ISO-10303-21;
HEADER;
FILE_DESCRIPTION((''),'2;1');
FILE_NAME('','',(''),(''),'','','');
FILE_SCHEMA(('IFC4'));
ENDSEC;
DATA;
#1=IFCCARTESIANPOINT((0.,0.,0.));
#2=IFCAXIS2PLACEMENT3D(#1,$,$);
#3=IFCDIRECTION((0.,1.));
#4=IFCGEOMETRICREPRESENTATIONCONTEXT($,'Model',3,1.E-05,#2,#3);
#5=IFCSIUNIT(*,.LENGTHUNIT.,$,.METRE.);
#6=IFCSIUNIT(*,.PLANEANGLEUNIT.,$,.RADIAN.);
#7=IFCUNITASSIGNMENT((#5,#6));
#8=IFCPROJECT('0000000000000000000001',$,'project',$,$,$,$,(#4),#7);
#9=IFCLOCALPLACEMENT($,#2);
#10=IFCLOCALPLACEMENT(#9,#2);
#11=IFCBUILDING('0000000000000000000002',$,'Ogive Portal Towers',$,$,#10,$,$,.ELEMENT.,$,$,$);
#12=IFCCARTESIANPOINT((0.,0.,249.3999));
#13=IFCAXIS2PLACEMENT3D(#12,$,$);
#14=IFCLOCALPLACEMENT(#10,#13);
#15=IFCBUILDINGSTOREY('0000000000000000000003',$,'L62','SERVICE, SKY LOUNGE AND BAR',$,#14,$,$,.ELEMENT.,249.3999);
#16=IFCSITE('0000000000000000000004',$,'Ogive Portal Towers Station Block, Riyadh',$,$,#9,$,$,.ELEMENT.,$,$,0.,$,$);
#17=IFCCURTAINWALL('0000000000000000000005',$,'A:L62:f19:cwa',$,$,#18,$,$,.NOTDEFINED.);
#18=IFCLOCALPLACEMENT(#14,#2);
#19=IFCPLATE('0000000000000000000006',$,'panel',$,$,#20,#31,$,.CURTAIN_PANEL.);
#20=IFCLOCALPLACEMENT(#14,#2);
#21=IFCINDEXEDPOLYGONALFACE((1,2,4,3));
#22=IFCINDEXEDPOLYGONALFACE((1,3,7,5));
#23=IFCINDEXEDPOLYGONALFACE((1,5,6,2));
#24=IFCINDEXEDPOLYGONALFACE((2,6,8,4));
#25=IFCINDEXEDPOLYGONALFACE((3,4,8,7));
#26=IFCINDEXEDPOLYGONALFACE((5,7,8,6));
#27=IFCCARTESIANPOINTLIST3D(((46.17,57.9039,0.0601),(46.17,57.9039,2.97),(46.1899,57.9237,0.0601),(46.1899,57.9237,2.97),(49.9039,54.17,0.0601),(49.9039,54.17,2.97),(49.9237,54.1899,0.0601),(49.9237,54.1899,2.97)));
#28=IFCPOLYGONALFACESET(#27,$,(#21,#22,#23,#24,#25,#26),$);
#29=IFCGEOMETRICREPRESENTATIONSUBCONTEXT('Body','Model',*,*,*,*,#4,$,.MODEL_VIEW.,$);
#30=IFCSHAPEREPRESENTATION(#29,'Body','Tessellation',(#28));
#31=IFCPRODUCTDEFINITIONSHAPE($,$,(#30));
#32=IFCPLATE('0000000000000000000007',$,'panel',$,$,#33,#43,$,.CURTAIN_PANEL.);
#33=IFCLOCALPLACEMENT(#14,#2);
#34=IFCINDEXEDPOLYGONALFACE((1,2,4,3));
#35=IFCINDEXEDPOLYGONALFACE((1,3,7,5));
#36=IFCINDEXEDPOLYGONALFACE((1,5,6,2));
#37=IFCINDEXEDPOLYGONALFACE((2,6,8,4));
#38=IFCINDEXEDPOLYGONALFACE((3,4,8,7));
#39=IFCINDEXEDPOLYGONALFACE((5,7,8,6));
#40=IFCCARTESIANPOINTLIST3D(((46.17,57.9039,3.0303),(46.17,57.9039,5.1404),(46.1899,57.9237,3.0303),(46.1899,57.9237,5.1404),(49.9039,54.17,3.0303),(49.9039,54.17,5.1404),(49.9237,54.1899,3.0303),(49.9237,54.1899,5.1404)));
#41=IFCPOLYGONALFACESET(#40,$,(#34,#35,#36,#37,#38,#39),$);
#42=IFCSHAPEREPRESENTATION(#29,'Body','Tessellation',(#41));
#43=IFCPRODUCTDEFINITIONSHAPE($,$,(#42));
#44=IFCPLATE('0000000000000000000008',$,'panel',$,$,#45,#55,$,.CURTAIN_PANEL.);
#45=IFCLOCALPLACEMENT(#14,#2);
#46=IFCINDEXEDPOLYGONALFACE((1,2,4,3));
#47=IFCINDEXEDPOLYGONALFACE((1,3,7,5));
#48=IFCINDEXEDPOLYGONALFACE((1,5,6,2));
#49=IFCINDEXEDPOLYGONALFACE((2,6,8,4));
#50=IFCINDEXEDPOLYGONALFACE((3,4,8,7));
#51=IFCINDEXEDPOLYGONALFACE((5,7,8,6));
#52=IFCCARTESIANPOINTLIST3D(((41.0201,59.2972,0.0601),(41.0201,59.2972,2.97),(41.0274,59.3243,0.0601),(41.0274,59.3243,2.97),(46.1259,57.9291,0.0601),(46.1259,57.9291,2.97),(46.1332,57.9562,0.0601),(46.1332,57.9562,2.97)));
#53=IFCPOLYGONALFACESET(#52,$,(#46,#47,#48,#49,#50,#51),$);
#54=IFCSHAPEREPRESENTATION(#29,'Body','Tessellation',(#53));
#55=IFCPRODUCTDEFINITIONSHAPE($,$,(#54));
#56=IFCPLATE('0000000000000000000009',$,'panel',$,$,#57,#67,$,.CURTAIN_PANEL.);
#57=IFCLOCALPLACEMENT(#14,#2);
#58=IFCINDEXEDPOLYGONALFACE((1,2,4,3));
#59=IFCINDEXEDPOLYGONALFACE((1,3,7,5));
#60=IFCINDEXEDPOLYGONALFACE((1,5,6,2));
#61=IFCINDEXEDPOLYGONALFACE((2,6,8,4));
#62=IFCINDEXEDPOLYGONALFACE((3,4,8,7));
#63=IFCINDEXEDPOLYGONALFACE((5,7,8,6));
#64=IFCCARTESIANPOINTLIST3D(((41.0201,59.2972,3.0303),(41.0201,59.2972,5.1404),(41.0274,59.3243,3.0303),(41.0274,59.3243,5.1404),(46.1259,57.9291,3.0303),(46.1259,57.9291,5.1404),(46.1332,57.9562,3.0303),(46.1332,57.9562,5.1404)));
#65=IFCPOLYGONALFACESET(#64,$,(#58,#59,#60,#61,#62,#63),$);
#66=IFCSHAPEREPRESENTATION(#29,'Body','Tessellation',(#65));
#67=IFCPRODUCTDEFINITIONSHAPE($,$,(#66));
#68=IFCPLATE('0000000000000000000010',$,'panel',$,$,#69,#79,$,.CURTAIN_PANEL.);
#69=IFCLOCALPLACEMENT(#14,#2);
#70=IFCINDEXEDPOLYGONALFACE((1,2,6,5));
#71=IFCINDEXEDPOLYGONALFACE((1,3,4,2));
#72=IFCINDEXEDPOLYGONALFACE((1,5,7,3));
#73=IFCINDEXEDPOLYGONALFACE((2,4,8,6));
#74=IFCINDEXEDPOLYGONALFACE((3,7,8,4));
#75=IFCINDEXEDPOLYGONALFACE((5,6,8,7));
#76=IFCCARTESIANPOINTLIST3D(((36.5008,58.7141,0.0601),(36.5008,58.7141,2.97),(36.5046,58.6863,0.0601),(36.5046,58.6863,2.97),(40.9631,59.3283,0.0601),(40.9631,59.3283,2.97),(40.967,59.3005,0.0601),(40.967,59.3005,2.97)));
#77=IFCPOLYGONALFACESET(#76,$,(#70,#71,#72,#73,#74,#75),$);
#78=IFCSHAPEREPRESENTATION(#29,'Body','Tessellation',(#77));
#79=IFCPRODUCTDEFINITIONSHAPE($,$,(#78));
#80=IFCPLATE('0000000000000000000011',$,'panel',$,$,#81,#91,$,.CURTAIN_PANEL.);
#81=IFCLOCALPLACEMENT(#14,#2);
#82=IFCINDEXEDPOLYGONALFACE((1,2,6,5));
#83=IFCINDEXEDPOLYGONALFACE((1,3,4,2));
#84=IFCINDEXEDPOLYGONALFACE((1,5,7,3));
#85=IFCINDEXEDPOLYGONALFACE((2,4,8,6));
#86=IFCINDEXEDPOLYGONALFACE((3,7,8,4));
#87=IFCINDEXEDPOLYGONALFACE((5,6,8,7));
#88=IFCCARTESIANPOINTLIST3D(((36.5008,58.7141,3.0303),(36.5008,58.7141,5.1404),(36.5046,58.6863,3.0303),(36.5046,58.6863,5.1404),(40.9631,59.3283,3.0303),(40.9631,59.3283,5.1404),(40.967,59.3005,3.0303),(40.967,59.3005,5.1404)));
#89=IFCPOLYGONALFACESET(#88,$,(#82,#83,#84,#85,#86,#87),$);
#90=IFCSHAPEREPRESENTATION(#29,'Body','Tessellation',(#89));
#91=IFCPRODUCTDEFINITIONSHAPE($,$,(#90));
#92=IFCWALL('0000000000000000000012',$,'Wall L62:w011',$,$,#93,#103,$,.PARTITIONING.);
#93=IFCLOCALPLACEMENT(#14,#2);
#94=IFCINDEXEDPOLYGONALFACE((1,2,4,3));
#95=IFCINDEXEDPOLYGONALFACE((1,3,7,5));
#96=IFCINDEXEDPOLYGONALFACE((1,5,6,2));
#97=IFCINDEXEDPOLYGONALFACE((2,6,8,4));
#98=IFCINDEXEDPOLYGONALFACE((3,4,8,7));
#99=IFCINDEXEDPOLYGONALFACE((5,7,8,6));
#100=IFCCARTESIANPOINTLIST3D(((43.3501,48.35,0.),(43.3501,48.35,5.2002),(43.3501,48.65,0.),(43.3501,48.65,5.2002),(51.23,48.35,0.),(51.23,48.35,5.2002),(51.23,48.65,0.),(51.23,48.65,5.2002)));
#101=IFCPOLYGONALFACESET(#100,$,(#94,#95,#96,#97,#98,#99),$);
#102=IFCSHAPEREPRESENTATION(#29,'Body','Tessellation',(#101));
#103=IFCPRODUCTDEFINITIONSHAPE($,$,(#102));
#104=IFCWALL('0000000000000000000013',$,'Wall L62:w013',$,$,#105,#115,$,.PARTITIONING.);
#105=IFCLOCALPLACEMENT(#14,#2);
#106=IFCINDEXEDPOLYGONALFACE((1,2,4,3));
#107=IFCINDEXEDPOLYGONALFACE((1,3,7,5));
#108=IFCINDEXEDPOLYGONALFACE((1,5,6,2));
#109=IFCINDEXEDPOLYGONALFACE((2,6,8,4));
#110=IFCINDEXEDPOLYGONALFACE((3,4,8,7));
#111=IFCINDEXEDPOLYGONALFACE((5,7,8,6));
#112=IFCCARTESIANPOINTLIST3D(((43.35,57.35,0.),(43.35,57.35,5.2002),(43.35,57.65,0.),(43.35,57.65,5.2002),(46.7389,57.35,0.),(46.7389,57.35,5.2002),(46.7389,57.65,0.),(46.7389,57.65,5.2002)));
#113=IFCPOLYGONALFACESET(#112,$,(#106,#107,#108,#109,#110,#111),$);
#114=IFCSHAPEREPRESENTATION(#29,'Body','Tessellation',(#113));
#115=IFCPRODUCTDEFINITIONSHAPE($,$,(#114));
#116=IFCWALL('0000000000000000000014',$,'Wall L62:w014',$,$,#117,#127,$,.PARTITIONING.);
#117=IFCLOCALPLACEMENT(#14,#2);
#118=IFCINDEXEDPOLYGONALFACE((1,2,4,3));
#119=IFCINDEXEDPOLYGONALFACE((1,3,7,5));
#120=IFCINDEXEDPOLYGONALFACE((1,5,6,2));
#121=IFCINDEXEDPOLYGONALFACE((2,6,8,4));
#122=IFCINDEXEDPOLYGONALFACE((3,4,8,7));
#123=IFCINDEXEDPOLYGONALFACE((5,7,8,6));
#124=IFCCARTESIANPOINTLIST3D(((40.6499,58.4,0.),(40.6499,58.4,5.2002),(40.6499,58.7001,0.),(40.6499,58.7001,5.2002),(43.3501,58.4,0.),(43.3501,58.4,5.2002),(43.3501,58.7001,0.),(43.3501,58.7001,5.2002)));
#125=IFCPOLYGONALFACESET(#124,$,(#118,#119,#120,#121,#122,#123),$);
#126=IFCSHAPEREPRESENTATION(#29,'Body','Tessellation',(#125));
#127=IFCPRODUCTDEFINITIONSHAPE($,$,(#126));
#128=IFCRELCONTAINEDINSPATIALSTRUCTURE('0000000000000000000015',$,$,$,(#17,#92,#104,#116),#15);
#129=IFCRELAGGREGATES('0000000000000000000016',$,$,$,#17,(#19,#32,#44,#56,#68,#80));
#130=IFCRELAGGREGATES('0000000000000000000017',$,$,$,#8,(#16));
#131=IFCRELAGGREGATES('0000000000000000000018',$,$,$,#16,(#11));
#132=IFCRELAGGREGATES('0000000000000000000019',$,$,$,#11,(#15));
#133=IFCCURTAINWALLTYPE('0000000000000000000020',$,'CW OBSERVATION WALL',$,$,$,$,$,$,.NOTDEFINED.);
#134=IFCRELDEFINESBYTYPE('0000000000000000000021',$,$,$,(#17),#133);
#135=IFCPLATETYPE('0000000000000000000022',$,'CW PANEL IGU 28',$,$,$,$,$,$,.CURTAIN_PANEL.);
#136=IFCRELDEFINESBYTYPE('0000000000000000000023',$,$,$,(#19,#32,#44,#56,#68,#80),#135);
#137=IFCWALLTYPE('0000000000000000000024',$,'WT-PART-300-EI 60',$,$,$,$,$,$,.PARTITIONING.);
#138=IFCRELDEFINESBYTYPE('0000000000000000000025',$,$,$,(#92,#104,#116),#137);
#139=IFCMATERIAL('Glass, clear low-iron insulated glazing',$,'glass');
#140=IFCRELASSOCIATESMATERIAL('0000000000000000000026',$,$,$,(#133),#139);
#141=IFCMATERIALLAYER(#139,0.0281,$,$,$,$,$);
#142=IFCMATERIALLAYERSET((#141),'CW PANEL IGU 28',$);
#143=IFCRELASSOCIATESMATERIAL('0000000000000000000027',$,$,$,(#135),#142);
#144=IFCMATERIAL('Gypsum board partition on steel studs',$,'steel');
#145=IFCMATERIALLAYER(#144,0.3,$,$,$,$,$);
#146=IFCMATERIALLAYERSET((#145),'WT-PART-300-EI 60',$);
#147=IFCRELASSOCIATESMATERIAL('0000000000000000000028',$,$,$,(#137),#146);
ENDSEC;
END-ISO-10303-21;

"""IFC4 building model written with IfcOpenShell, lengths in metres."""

from ifc_helpers import new_model, si_unit, direction, frame, frame_2d, origin, origin_2d, place, context, subcontext, project, spatial, rectangle, extrude, material, layer, layer_set, type_object, element, aggregate, save


model = new_model("IFC4")

# Units and contexts
model_context = context("Model", 3, precision=1e-05, world=origin(), true_north=direction((0.0, 1.0)))
body_context = subcontext(model_context, "Body", "Model", "MODEL_VIEW")
ifc_project = project(units=[si_unit("LENGTHUNIT", "METRE"), si_unit("PLANEANGLEUNIT", "RADIAN")], contexts=[model_context])

# Site, building, storey
site_placement = place(None, origin())
site = spatial("IfcSite", under=ifc_project, at=site_placement, Name="Ogive Portal Towers Station Block, Riyadh", CompositionType="ELEMENT", RefElevation=0.0)
building_placement = place(site_placement, origin())
building = spatial("IfcBuilding", under=site, at=building_placement, Name="Ogive Portal Towers", CompositionType="ELEMENT")
storey_placement = place(building_placement, frame((0.0, 0.0, 249.3999)))
storey = spatial("IfcBuildingStorey", under=building, at=storey_placement, Name="L62", Description="SERVICE, SKY LOUNGE AND BAR", CompositionType="ELEMENT", Elevation=249.3999)

# Curtain wall, plates
ifc_material_1 = material(Name="Glass, clear low-iron insulated glazing", Category="glass")
curtain_wall_type = type_object("IfcCurtainWallType", Name="CW OBSERVATION WALL", PredefinedType="NOTDEFINED", material=ifc_material_1)
curtain_wall_placement = place(storey_placement, origin())
curtain_wall = element("IfcCurtainWall", 1, at=curtain_wall_placement, inside=storey, type_object=curtain_wall_type, Name="A:L62:f19:cwa", PredefinedType="NOTDEFINED")
ifc_layer_1 = layer(ifc_material_1, 0.0281)
ifc_layer_set_1 = layer_set([ifc_layer_1], Name="CW PANEL IGU 28")
plate_type = type_object("IfcPlateType", Name="CW PANEL IGU 28", PredefinedType="CURTAIN_PANEL", material=ifc_layer_set_1)
plate_1_placement = place(storey_placement, frame((48.0469, 56.0469, 0.0601), z_axis=(0.0, 0.0, 1.0), x_axis=(-0.707107, 0.707107, 0.0)))
plate_1 = element("IfcPlate", 2, at=plate_1_placement, type_object=plate_type, Name="panel", PredefinedType="CURTAIN_PANEL", context=body_context, shape_type="SweptSolid", body=[
    extrude(rectangle(XDim=5.2805, YDim=0.0281, at=origin_2d()), origin(), (0.0, 0.0, 1.0), 2.9099),
])
plate_2_placement = place(storey_placement, frame((48.0469, 56.0469, 3.0303), z_axis=(0.0, 0.0, 1.0), x_axis=(-0.707107, 0.707107, 0.0)))
plate_2 = element("IfcPlate", 3, at=plate_2_placement, type_object=plate_type, Name="panel", PredefinedType="CURTAIN_PANEL", context=body_context, shape_type="SweptSolid", body=[
    extrude(rectangle(XDim=5.2805, YDim=0.0281, at=origin_2d()), origin(), (0.0, 0.0, 1.0), 2.1101),
])
plate_3_placement = place(storey_placement, frame((43.5767, 58.6267, 0.0601), z_axis=(0.0, 0.0, 1.0), x_axis=(-0.965926, 0.258819, 0.0)))
plate_3 = element("IfcPlate", 4, at=plate_3_placement, type_object=plate_type, Name="panel", PredefinedType="CURTAIN_PANEL", context=body_context, shape_type="SweptSolid", body=[
    extrude(rectangle(XDim=5.2859, YDim=0.0281, at=origin_2d()), origin(), (0.0, 0.0, 1.0), 2.9099),
])
plate_4_placement = place(storey_placement, frame((43.5767, 58.6267, 3.0303), z_axis=(0.0, 0.0, 1.0), x_axis=(-0.965926, 0.258819, 0.0)))
plate_4 = element("IfcPlate", 5, at=plate_4_placement, type_object=plate_type, Name="panel", PredefinedType="CURTAIN_PANEL", context=body_context, shape_type="SweptSolid", body=[
    extrude(rectangle(XDim=5.2859, YDim=0.0281, at=origin_2d()), origin(), (0.0, 0.0, 1.0), 2.1101),
])
plate_5_placement = place(storey_placement, frame((38.7339, 59.0073, 0.0601), z_axis=(0.0, 0.0, 1.0), x_axis=(-0.990661, -0.136348, 0.0)))
plate_5 = element("IfcPlate", 6, at=plate_5_placement, type_object=plate_type, Name="panel", PredefinedType="CURTAIN_PANEL", context=body_context, shape_type="SweptSolid", body=[
    extrude(rectangle(XDim=4.5044, YDim=0.0281, at=origin_2d()), origin(), (0.0, 0.0, 1.0), 2.9099),
])
plate_6_placement = place(storey_placement, frame((38.7339, 59.0073, 3.0303), z_axis=(0.0, 0.0, 1.0), x_axis=(-0.990661, -0.136348, 0.0)))
plate_6 = element("IfcPlate", 7, at=plate_6_placement, type_object=plate_type, Name="panel", PredefinedType="CURTAIN_PANEL", context=body_context, shape_type="SweptSolid", body=[
    extrude(rectangle(XDim=4.5044, YDim=0.0281, at=origin_2d()), origin(), (0.0, 0.0, 1.0), 2.1101),
])
aggregate(curtain_wall, [plate_1, plate_2, plate_3, plate_4, plate_5, plate_6])

# Walls
ifc_material_2 = material(Name="Gypsum board partition on steel studs", Category="steel")
ifc_layer_2 = layer(ifc_material_2, 0.3)
ifc_layer_set_2 = layer_set([ifc_layer_2], Name="WT-PART-300-EI 60")
wall_type = type_object("IfcWallType", Name="WT-PART-300-EI 60", PredefinedType="PARTITIONING", material=ifc_layer_set_2)
wall_1_placement = place(storey_placement, frame((43.3501, 48.5, 0.0), z_axis=(0.0, 0.0, 1.0), x_axis=(1.0, 0.0, 0.0)))
element("IfcWall", 8, at=wall_1_placement, inside=storey, type_object=wall_type, Name="Wall L62:w011", PredefinedType="PARTITIONING", context=body_context, shape_type="SweptSolid", body=[
    extrude(rectangle(XDim=7.8799, YDim=0.3, at=frame_2d((3.9399, 0.0))), origin(), (0.0, 0.0, 1.0), 5.2002),
])
wall_2_placement = place(storey_placement, frame((43.3501, 57.5, 0.0), z_axis=(0.0, 0.0, 1.0), x_axis=(1.0, 0.0, 0.0)))
element("IfcWall", 9, at=wall_2_placement, inside=storey, type_object=wall_type, Name="Wall L62:w013", PredefinedType="PARTITIONING", context=body_context, shape_type="SweptSolid", body=[
    extrude(rectangle(XDim=3.3889, YDim=0.3, at=frame_2d((1.6943, 0.0))), origin(), (0.0, 0.0, 1.0), 5.2002),
])
wall_3_placement = place(storey_placement, frame((40.6499, 58.55, 0.0), z_axis=(0.0, 0.0, 1.0), x_axis=(1.0, 0.0, 0.0)))
element("IfcWall", 10, at=wall_3_placement, inside=storey, type_object=wall_type, Name="Wall L62:w014", PredefinedType="PARTITIONING", context=body_context, shape_type="SweptSolid", body=[
    extrude(rectangle(XDim=2.7002, YDim=0.3, at=frame_2d((1.3501, 0.0))), origin(), (0.0, 0.0, 1.0), 5.2002),
])

save(model, "model.ifc")
